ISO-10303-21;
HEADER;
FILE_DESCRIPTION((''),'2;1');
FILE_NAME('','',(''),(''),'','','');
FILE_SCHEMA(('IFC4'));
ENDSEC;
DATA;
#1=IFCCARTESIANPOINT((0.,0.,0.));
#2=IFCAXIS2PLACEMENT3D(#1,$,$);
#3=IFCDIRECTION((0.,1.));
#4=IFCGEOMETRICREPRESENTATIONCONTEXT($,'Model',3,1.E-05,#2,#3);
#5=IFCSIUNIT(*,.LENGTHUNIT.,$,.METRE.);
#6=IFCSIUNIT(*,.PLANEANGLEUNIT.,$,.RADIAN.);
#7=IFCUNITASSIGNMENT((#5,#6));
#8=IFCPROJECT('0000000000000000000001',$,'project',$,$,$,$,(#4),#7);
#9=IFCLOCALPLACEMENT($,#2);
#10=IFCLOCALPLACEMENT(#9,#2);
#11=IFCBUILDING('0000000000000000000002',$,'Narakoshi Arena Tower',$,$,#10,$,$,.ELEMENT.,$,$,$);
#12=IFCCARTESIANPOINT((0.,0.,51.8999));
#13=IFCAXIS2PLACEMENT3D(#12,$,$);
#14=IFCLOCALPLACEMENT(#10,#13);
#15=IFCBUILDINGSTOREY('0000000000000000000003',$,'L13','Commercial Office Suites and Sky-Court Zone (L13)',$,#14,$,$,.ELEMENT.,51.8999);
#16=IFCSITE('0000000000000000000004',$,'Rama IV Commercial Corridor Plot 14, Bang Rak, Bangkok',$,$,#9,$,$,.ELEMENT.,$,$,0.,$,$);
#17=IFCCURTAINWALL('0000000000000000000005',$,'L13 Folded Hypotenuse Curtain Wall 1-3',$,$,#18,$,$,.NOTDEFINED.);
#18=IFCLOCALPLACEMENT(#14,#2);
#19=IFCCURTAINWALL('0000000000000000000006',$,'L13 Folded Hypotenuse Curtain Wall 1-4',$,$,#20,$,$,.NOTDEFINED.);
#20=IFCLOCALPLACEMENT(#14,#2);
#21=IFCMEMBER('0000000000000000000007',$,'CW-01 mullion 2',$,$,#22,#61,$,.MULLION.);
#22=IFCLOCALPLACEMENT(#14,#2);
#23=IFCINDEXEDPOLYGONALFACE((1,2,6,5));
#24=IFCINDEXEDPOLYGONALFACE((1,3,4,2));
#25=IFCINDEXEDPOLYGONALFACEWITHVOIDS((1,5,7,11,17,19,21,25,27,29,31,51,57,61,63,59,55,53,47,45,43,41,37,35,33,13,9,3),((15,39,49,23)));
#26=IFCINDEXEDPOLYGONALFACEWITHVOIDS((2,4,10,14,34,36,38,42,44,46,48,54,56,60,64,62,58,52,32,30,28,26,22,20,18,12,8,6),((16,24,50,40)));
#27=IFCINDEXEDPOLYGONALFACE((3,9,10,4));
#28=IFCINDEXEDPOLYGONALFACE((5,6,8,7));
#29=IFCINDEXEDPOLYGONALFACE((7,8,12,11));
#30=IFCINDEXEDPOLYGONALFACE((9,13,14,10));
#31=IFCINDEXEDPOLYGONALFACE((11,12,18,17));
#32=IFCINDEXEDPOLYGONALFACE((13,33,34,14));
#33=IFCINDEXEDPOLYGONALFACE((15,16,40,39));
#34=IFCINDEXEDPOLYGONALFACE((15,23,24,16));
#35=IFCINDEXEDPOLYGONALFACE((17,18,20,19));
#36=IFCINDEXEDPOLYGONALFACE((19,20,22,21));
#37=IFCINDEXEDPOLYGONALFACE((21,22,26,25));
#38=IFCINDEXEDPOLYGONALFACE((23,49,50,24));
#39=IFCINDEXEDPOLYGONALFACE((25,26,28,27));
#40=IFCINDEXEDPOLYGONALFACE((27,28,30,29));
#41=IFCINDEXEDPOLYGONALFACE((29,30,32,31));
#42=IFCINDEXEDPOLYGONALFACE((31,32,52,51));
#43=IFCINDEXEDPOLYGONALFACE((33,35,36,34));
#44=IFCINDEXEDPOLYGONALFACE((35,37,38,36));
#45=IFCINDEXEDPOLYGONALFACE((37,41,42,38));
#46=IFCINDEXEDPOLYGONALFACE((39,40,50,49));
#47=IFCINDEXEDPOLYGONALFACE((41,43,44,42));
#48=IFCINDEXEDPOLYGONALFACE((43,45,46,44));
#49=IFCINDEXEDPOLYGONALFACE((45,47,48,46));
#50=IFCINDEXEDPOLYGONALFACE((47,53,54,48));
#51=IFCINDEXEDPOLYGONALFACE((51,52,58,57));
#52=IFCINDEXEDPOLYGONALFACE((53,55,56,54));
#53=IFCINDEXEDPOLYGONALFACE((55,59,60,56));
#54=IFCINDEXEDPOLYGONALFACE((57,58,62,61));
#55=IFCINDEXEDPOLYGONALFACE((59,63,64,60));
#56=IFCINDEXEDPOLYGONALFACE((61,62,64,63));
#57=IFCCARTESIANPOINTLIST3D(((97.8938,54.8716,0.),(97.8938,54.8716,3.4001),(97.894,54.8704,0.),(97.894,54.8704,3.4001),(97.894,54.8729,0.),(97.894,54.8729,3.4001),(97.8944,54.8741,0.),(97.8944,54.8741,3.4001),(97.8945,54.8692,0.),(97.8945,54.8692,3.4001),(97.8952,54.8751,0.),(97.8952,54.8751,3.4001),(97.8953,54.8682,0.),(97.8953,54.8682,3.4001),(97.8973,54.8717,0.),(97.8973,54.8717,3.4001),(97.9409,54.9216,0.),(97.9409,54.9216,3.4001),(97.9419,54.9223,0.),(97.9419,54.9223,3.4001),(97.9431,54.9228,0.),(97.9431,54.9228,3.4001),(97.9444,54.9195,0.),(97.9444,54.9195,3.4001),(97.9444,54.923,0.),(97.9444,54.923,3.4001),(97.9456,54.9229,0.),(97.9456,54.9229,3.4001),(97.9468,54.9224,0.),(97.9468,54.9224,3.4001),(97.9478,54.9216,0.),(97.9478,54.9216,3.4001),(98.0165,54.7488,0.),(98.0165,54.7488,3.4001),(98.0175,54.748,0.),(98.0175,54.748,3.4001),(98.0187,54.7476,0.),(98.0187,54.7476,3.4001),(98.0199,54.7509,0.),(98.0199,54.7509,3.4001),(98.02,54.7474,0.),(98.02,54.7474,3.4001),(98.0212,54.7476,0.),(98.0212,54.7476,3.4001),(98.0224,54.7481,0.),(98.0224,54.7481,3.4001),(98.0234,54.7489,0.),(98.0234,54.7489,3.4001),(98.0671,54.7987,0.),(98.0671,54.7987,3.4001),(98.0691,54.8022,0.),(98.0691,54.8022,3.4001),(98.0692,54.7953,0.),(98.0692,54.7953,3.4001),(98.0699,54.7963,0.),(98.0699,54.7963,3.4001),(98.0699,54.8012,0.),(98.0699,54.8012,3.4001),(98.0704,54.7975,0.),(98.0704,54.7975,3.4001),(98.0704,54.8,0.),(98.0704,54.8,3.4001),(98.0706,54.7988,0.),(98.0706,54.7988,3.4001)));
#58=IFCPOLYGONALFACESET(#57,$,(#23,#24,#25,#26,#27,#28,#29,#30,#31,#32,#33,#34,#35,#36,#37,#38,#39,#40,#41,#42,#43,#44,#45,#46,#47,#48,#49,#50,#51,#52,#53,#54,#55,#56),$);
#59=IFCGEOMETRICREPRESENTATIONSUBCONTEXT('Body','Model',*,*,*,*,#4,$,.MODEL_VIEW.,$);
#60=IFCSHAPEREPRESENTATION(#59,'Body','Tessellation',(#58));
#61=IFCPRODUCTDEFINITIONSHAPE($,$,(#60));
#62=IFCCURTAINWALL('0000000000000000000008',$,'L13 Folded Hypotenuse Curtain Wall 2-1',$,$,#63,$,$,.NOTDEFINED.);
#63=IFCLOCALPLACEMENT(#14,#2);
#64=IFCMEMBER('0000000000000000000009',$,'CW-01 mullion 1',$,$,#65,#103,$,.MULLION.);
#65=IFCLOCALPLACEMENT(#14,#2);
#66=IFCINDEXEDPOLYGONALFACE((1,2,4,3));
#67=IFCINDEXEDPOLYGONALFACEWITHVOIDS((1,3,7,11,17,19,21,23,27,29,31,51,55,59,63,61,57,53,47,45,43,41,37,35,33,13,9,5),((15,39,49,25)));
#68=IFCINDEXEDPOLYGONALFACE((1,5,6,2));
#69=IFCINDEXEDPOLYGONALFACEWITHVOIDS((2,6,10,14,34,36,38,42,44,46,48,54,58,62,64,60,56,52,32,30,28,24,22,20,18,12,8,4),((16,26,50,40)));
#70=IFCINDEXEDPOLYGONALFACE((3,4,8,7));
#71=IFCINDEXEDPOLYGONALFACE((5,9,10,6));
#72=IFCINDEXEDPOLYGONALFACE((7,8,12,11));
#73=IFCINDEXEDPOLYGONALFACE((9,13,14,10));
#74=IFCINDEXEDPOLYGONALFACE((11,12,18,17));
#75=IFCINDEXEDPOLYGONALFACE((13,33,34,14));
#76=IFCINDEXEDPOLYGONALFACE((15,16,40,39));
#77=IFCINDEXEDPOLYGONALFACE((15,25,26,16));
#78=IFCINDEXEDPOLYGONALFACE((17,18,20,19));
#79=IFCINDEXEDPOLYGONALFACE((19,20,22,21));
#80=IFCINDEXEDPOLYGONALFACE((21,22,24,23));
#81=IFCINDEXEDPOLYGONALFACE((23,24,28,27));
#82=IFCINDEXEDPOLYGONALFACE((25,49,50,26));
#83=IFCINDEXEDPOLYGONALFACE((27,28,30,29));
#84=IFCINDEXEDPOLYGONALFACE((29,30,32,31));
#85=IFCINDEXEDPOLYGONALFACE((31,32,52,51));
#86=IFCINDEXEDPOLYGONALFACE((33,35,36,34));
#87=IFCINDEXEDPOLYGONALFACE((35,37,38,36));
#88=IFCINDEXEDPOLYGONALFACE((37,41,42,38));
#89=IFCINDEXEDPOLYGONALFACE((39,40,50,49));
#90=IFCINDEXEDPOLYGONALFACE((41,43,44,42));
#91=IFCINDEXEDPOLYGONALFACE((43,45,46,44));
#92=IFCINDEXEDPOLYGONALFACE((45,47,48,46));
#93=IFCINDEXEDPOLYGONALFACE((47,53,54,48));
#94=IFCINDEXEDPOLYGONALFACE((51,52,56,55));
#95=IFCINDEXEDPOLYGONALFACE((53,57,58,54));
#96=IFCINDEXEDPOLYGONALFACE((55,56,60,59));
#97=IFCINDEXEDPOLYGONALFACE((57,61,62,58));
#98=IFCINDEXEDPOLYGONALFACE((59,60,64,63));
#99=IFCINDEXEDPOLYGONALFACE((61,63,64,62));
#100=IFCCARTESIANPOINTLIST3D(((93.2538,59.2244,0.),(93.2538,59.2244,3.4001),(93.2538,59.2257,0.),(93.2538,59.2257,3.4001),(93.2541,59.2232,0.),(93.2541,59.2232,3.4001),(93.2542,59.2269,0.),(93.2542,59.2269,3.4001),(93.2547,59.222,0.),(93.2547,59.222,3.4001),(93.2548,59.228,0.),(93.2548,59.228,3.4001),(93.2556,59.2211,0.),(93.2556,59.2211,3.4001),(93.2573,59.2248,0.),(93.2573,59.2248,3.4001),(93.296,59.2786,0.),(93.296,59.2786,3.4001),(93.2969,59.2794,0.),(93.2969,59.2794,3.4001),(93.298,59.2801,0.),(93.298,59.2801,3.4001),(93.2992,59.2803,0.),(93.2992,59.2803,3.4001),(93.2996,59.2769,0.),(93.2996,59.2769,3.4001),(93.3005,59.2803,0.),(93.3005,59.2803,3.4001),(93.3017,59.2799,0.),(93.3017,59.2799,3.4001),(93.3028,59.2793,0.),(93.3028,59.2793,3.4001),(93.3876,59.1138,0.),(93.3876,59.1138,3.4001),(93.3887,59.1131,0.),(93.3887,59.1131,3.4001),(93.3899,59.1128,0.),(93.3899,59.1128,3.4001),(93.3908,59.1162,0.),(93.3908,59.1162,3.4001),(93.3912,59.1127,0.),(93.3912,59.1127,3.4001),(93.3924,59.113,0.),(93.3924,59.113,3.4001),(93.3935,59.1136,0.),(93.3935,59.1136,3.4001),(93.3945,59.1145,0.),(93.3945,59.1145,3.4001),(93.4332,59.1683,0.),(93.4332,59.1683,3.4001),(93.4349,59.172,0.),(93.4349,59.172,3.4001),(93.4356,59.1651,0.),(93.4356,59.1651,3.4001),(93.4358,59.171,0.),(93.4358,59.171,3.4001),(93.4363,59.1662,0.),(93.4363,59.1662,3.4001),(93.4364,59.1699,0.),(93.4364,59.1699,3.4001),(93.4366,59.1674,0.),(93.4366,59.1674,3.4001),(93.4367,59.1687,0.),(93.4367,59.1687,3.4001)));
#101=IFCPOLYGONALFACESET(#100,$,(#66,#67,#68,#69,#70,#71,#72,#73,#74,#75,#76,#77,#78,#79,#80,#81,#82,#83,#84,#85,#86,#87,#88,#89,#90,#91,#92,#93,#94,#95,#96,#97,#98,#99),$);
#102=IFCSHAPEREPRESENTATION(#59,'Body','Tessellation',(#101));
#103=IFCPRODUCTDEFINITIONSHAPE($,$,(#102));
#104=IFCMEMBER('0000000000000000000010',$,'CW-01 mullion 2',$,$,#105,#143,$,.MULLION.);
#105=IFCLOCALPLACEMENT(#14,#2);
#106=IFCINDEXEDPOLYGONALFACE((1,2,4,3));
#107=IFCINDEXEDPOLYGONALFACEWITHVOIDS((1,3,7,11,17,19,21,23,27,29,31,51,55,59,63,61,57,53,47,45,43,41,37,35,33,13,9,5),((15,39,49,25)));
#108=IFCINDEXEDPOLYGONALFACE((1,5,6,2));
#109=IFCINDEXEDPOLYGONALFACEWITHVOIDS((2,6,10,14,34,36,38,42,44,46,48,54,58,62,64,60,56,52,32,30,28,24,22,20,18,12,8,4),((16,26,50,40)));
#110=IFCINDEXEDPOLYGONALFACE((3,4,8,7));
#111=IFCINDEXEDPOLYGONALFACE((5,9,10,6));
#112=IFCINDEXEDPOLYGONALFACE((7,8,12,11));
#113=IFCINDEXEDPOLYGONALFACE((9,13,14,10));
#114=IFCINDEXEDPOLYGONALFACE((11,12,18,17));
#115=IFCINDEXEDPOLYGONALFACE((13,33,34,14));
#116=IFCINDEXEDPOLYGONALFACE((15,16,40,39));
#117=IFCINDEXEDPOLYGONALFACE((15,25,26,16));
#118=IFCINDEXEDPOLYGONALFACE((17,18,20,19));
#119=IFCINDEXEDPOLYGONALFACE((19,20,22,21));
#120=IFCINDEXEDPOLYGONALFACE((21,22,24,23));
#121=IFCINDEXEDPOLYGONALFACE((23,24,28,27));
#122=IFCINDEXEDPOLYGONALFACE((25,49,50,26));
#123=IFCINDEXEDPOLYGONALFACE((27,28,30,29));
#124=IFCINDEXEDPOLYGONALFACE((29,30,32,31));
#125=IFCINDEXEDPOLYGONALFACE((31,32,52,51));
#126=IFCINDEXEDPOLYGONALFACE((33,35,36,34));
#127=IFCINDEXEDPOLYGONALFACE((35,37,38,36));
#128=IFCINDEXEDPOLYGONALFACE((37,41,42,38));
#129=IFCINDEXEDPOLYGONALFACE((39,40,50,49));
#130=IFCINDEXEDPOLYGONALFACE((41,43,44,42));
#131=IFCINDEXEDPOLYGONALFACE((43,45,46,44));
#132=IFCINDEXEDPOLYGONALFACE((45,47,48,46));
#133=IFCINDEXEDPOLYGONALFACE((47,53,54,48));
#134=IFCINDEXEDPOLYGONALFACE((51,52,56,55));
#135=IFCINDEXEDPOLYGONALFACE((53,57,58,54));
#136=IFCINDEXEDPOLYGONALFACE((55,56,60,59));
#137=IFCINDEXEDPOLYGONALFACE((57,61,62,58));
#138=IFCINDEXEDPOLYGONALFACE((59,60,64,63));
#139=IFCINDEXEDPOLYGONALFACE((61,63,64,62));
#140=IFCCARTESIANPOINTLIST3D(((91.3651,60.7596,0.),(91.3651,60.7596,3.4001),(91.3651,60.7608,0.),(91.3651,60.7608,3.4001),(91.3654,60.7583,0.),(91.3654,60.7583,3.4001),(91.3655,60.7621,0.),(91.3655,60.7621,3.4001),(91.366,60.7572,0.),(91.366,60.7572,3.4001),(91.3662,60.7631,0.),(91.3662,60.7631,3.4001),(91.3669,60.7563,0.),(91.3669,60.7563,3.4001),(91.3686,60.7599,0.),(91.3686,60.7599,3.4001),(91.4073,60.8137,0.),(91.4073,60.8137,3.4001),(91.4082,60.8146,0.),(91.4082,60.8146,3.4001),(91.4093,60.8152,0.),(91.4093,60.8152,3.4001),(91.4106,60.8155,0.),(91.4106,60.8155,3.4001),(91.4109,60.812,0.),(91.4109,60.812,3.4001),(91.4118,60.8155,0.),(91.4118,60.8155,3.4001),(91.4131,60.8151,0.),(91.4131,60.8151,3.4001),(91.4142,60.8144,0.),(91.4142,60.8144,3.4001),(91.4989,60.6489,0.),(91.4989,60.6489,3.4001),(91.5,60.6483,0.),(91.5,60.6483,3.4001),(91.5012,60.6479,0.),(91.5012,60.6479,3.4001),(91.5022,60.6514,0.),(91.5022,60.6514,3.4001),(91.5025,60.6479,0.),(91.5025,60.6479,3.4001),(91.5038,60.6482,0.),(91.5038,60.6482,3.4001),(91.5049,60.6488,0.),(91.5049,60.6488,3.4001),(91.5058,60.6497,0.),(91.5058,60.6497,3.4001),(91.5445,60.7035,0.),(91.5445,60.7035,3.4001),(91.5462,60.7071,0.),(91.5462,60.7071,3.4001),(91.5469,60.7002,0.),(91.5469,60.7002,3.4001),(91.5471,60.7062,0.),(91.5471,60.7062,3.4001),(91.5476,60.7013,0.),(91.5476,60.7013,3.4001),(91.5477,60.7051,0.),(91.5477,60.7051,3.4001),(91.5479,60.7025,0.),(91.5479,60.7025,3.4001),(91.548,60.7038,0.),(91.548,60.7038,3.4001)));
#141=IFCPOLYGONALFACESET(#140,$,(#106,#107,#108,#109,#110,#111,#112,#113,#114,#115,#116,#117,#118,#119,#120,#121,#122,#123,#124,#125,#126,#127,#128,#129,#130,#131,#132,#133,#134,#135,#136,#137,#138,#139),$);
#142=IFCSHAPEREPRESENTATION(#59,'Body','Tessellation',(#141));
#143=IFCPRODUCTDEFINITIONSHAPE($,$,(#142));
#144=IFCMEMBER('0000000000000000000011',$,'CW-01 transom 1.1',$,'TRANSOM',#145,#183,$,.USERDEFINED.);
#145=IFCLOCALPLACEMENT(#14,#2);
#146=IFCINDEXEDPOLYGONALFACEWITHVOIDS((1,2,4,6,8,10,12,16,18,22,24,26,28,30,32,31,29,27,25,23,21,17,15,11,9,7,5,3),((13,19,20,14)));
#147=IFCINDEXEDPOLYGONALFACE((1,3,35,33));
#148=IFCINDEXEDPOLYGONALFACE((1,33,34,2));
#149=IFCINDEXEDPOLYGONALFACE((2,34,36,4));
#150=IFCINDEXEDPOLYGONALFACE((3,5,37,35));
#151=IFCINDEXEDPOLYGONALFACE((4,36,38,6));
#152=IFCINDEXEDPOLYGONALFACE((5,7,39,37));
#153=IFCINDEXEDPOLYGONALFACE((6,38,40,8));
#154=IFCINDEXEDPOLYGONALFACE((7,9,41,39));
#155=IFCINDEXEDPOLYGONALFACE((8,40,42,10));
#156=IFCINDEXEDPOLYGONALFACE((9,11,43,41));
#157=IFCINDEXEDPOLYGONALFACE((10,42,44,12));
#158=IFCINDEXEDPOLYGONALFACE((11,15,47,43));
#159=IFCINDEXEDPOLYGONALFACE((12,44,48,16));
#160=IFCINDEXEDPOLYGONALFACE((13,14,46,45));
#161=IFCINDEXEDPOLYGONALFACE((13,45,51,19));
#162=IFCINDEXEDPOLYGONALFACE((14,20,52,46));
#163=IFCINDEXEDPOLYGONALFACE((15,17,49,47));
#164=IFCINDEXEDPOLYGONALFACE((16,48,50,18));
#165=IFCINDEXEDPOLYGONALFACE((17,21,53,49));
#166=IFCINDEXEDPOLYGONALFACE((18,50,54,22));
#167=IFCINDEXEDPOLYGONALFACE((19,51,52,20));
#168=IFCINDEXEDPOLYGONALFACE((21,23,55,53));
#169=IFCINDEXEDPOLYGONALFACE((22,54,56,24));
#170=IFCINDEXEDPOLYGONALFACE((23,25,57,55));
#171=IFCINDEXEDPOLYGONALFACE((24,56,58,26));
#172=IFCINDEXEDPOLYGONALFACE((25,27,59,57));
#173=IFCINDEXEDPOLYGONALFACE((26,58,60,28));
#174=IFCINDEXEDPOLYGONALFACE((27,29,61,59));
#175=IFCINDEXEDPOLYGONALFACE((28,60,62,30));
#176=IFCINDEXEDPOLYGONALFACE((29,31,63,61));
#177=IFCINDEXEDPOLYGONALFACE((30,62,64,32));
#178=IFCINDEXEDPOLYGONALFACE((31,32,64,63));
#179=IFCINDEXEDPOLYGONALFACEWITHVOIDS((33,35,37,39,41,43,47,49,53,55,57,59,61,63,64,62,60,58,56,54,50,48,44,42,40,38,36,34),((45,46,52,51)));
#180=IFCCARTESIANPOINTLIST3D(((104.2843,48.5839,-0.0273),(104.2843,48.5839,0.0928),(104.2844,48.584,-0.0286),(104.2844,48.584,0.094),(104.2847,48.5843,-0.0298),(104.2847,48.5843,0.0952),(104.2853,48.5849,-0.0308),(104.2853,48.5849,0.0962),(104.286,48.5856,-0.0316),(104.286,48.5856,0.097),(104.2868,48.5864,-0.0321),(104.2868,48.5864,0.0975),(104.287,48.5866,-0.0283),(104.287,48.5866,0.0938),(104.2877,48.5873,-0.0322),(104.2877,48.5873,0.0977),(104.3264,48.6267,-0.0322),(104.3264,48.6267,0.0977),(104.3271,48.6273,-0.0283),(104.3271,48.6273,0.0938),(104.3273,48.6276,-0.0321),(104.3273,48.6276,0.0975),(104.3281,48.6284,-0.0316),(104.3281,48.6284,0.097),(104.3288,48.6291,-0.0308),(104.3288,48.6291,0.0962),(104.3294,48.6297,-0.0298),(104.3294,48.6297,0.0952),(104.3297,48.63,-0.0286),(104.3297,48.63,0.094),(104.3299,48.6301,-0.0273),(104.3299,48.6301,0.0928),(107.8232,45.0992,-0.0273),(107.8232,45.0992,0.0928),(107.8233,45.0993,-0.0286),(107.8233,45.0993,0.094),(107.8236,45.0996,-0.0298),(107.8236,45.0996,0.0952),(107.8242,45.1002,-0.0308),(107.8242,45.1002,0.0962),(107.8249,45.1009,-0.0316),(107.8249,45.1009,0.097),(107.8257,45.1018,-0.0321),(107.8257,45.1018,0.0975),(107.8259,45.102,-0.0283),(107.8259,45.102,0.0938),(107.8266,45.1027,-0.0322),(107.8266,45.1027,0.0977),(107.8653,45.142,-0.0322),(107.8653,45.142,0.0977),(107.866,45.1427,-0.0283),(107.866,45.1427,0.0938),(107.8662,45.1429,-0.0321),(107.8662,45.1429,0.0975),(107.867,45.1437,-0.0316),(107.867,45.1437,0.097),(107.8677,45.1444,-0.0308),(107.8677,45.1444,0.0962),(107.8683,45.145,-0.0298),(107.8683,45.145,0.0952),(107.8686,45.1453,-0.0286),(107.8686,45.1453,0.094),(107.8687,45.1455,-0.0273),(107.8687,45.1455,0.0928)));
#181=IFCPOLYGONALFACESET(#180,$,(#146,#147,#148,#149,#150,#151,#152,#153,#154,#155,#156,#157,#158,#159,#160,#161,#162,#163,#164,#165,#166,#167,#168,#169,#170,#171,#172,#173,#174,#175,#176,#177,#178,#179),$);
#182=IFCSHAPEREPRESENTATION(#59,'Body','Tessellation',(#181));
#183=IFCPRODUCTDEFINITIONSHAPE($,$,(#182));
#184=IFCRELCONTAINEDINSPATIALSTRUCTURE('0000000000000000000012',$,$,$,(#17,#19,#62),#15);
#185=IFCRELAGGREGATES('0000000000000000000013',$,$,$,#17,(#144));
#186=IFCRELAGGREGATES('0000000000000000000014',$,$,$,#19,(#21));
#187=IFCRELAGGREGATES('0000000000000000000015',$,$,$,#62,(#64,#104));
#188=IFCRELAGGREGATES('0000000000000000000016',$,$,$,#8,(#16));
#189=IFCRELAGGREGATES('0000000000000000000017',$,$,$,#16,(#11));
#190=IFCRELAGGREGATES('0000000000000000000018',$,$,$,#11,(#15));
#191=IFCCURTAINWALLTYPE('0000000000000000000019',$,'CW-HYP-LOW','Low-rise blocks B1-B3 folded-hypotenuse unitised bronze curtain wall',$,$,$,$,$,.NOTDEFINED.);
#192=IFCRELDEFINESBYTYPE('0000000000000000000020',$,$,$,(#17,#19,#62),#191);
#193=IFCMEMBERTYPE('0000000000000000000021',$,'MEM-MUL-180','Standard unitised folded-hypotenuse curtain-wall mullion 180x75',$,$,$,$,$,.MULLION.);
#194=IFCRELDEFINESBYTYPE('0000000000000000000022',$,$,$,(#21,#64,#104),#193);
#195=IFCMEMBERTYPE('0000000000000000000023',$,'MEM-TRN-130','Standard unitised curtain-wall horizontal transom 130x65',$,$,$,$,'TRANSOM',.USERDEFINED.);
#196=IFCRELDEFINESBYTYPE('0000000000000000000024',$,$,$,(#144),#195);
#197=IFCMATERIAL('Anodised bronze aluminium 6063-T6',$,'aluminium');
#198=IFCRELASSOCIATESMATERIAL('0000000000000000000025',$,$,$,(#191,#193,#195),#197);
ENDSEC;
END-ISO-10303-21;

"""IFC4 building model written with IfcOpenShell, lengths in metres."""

from ifc_helpers import new_model, si_unit, direction, frame, origin, origin_2d, place, context, subcontext, project, spatial, hollow_rectangle, extrude, material, material_profile, profile_set, type_object, element, aggregate, save


model = new_model("IFC4")

# Units and contexts
model_context = context("Model", 3, precision=1e-05, world=origin(), true_north=direction((0.0, 1.0)))
body_context = subcontext(model_context, "Body", "Model", "MODEL_VIEW")
ifc_project = project(units=[si_unit("LENGTHUNIT", "METRE"), si_unit("PLANEANGLEUNIT", "RADIAN")], contexts=[model_context])

# Site, building, storey
site_placement = place(None, origin())
site = spatial("IfcSite", under=ifc_project, at=site_placement, Name="Rama IV Commercial Corridor Plot 14, Bang Rak, Bangkok", CompositionType="ELEMENT", RefElevation=0.0)
building_placement = place(site_placement, origin())
building = spatial("IfcBuilding", under=site, at=building_placement, Name="Narakoshi Arena Tower", CompositionType="ELEMENT")
storey_placement = place(building_placement, frame((0.0, 0.0, 51.8999)))
storey = spatial("IfcBuildingStorey", under=building, at=storey_placement, Name="L13", Description="Commercial Office Suites and Sky-Court Zone (L13)", CompositionType="ELEMENT", Elevation=51.8999)

# Curtain walls, members
ifc_material_1 = material(Name="Anodised bronze aluminium 6063-T6", Category="aluminium")
curtain_wall_type = type_object("IfcCurtainWallType", Name="CW-HYP-LOW", Description="Low-rise blocks B1-B3 folded-hypotenuse unitised bronze curtain wall", PredefinedType="NOTDEFINED", material=ifc_material_1)
curtain_wall_1_placement = place(storey_placement, origin())
curtain_wall_1 = element("IfcCurtainWall", 1, at=curtain_wall_1_placement, inside=storey, type_object=curtain_wall_type, Name="L13 Folded Hypotenuse Curtain Wall 1-3", PredefinedType="NOTDEFINED")
ifc_material_profile_1 = material_profile(ifc_material_1, hollow_rectangle(XDim=0.075, YDim=0.1799, WallThickness=0.0039, OuterFilletRadius=0.0049, at=origin_2d()), Name="MUL180x75x4")
ifc_profile_set_1 = profile_set([ifc_material_profile_1], Name="Anodised bronze aluminium 6063-T6")
member_type_1 = type_object("IfcMemberType", Name="MEM-MUL-180", Description="Standard unitised folded-hypotenuse curtain-wall mullion 180x75", PredefinedType="MULLION", material=ifc_profile_set_1)
curtain_wall_2_placement = place(storey_placement, origin())
curtain_wall_2 = element("IfcCurtainWall", 2, at=curtain_wall_2_placement, inside=storey, type_object=curtain_wall_type, Name="L13 Folded Hypotenuse Curtain Wall 1-4", PredefinedType="NOTDEFINED")
member_1_placement = place(storey_placement, frame((97.9822, 54.8352, 0.0), z_axis=(0.0, 0.0, 1.0), x_axis=(-0.701633, -0.712539, 0.0)))
member_1 = element("IfcMember", 3, at=member_1_placement, type_object=member_type_1, Name="CW-01 mullion 2", PredefinedType="MULLION", context=body_context, shape_type="SweptSolid", body=[
    extrude(hollow_rectangle(XDim=0.075, YDim=0.1799, WallThickness=0.0039, OuterFilletRadius=0.0049, at=origin_2d()), origin(), (0.0, 0.0, 1.0), 3.4001),
])
curtain_wall_3_placement = place(storey_placement, origin())
curtain_wall_3 = element("IfcCurtainWall", 4, at=curtain_wall_3_placement, inside=storey, type_object=curtain_wall_type, Name="L13 Folded Hypotenuse Curtain Wall 2-1", PredefinedType="NOTDEFINED")
member_2_placement = place(storey_placement, frame((93.3452, 59.1965, 0.0), z_axis=(0.0, 0.0, 1.0), x_axis=(-0.630723, -0.776008, 0.0)))
member_2 = element("IfcMember", 5, at=member_2_placement, type_object=member_type_1, Name="CW-01 mullion 1", PredefinedType="MULLION", context=body_context, shape_type="SweptSolid", body=[
    extrude(hollow_rectangle(XDim=0.075, YDim=0.1799, WallThickness=0.0039, OuterFilletRadius=0.0049, at=origin_2d()), origin(), (0.0, 0.0, 1.0), 3.4001),
])
member_3_placement = place(storey_placement, frame((91.4565, 60.7317, 0.0), z_axis=(0.0, 0.0, 1.0), x_axis=(-0.630723, -0.776008, 0.0)))
member_3 = element("IfcMember", 6, at=member_3_placement, type_object=member_type_1, Name="CW-01 mullion 2", PredefinedType="MULLION", context=body_context, shape_type="SweptSolid", body=[
    extrude(hollow_rectangle(XDim=0.075, YDim=0.1799, WallThickness=0.0039, OuterFilletRadius=0.0049, at=origin_2d()), origin(), (0.0, 0.0, 1.0), 3.4001),
])

# Member
ifc_material_profile_2 = material_profile(ifc_material_1, hollow_rectangle(XDim=0.0649, YDim=0.1299, WallThickness=0.0039, OuterFilletRadius=0.0049, at=origin_2d()), Name="TRN130x65x4")
ifc_profile_set_2 = profile_set([ifc_material_profile_2], Name="Anodised bronze aluminium 6063-T6")
member_type_2 = type_object("IfcMemberType", Name="MEM-TRN-130", Description="Standard unitised curtain-wall horizontal transom 130x65", ElementType="TRANSOM", PredefinedType="USERDEFINED", material=ifc_profile_set_2)
member_4_placement = place(storey_placement, frame((107.8459, 45.1223, 0.0327), z_axis=(-0.712542, 0.701629, 0.0), x_axis=(-0.701629, -0.712542, 0.0)))
member_4 = element("IfcMember", 7, at=member_4_placement, type_object=member_type_2, Name="CW-01 transom 1.1", ObjectType="TRANSOM", PredefinedType="USERDEFINED", context=body_context, shape_type="SweptSolid", body=[
    extrude(hollow_rectangle(XDim=0.0649, YDim=0.1299, WallThickness=0.0039, OuterFilletRadius=0.0049, at=origin_2d()), origin(), (0.0, 0.0, 1.0), 4.9666),
])

aggregate(curtain_wall_1, [member_4])
aggregate(curtain_wall_2, [member_1])
aggregate(curtain_wall_3, [member_2, member_3])

save(model, "model.ifc")
